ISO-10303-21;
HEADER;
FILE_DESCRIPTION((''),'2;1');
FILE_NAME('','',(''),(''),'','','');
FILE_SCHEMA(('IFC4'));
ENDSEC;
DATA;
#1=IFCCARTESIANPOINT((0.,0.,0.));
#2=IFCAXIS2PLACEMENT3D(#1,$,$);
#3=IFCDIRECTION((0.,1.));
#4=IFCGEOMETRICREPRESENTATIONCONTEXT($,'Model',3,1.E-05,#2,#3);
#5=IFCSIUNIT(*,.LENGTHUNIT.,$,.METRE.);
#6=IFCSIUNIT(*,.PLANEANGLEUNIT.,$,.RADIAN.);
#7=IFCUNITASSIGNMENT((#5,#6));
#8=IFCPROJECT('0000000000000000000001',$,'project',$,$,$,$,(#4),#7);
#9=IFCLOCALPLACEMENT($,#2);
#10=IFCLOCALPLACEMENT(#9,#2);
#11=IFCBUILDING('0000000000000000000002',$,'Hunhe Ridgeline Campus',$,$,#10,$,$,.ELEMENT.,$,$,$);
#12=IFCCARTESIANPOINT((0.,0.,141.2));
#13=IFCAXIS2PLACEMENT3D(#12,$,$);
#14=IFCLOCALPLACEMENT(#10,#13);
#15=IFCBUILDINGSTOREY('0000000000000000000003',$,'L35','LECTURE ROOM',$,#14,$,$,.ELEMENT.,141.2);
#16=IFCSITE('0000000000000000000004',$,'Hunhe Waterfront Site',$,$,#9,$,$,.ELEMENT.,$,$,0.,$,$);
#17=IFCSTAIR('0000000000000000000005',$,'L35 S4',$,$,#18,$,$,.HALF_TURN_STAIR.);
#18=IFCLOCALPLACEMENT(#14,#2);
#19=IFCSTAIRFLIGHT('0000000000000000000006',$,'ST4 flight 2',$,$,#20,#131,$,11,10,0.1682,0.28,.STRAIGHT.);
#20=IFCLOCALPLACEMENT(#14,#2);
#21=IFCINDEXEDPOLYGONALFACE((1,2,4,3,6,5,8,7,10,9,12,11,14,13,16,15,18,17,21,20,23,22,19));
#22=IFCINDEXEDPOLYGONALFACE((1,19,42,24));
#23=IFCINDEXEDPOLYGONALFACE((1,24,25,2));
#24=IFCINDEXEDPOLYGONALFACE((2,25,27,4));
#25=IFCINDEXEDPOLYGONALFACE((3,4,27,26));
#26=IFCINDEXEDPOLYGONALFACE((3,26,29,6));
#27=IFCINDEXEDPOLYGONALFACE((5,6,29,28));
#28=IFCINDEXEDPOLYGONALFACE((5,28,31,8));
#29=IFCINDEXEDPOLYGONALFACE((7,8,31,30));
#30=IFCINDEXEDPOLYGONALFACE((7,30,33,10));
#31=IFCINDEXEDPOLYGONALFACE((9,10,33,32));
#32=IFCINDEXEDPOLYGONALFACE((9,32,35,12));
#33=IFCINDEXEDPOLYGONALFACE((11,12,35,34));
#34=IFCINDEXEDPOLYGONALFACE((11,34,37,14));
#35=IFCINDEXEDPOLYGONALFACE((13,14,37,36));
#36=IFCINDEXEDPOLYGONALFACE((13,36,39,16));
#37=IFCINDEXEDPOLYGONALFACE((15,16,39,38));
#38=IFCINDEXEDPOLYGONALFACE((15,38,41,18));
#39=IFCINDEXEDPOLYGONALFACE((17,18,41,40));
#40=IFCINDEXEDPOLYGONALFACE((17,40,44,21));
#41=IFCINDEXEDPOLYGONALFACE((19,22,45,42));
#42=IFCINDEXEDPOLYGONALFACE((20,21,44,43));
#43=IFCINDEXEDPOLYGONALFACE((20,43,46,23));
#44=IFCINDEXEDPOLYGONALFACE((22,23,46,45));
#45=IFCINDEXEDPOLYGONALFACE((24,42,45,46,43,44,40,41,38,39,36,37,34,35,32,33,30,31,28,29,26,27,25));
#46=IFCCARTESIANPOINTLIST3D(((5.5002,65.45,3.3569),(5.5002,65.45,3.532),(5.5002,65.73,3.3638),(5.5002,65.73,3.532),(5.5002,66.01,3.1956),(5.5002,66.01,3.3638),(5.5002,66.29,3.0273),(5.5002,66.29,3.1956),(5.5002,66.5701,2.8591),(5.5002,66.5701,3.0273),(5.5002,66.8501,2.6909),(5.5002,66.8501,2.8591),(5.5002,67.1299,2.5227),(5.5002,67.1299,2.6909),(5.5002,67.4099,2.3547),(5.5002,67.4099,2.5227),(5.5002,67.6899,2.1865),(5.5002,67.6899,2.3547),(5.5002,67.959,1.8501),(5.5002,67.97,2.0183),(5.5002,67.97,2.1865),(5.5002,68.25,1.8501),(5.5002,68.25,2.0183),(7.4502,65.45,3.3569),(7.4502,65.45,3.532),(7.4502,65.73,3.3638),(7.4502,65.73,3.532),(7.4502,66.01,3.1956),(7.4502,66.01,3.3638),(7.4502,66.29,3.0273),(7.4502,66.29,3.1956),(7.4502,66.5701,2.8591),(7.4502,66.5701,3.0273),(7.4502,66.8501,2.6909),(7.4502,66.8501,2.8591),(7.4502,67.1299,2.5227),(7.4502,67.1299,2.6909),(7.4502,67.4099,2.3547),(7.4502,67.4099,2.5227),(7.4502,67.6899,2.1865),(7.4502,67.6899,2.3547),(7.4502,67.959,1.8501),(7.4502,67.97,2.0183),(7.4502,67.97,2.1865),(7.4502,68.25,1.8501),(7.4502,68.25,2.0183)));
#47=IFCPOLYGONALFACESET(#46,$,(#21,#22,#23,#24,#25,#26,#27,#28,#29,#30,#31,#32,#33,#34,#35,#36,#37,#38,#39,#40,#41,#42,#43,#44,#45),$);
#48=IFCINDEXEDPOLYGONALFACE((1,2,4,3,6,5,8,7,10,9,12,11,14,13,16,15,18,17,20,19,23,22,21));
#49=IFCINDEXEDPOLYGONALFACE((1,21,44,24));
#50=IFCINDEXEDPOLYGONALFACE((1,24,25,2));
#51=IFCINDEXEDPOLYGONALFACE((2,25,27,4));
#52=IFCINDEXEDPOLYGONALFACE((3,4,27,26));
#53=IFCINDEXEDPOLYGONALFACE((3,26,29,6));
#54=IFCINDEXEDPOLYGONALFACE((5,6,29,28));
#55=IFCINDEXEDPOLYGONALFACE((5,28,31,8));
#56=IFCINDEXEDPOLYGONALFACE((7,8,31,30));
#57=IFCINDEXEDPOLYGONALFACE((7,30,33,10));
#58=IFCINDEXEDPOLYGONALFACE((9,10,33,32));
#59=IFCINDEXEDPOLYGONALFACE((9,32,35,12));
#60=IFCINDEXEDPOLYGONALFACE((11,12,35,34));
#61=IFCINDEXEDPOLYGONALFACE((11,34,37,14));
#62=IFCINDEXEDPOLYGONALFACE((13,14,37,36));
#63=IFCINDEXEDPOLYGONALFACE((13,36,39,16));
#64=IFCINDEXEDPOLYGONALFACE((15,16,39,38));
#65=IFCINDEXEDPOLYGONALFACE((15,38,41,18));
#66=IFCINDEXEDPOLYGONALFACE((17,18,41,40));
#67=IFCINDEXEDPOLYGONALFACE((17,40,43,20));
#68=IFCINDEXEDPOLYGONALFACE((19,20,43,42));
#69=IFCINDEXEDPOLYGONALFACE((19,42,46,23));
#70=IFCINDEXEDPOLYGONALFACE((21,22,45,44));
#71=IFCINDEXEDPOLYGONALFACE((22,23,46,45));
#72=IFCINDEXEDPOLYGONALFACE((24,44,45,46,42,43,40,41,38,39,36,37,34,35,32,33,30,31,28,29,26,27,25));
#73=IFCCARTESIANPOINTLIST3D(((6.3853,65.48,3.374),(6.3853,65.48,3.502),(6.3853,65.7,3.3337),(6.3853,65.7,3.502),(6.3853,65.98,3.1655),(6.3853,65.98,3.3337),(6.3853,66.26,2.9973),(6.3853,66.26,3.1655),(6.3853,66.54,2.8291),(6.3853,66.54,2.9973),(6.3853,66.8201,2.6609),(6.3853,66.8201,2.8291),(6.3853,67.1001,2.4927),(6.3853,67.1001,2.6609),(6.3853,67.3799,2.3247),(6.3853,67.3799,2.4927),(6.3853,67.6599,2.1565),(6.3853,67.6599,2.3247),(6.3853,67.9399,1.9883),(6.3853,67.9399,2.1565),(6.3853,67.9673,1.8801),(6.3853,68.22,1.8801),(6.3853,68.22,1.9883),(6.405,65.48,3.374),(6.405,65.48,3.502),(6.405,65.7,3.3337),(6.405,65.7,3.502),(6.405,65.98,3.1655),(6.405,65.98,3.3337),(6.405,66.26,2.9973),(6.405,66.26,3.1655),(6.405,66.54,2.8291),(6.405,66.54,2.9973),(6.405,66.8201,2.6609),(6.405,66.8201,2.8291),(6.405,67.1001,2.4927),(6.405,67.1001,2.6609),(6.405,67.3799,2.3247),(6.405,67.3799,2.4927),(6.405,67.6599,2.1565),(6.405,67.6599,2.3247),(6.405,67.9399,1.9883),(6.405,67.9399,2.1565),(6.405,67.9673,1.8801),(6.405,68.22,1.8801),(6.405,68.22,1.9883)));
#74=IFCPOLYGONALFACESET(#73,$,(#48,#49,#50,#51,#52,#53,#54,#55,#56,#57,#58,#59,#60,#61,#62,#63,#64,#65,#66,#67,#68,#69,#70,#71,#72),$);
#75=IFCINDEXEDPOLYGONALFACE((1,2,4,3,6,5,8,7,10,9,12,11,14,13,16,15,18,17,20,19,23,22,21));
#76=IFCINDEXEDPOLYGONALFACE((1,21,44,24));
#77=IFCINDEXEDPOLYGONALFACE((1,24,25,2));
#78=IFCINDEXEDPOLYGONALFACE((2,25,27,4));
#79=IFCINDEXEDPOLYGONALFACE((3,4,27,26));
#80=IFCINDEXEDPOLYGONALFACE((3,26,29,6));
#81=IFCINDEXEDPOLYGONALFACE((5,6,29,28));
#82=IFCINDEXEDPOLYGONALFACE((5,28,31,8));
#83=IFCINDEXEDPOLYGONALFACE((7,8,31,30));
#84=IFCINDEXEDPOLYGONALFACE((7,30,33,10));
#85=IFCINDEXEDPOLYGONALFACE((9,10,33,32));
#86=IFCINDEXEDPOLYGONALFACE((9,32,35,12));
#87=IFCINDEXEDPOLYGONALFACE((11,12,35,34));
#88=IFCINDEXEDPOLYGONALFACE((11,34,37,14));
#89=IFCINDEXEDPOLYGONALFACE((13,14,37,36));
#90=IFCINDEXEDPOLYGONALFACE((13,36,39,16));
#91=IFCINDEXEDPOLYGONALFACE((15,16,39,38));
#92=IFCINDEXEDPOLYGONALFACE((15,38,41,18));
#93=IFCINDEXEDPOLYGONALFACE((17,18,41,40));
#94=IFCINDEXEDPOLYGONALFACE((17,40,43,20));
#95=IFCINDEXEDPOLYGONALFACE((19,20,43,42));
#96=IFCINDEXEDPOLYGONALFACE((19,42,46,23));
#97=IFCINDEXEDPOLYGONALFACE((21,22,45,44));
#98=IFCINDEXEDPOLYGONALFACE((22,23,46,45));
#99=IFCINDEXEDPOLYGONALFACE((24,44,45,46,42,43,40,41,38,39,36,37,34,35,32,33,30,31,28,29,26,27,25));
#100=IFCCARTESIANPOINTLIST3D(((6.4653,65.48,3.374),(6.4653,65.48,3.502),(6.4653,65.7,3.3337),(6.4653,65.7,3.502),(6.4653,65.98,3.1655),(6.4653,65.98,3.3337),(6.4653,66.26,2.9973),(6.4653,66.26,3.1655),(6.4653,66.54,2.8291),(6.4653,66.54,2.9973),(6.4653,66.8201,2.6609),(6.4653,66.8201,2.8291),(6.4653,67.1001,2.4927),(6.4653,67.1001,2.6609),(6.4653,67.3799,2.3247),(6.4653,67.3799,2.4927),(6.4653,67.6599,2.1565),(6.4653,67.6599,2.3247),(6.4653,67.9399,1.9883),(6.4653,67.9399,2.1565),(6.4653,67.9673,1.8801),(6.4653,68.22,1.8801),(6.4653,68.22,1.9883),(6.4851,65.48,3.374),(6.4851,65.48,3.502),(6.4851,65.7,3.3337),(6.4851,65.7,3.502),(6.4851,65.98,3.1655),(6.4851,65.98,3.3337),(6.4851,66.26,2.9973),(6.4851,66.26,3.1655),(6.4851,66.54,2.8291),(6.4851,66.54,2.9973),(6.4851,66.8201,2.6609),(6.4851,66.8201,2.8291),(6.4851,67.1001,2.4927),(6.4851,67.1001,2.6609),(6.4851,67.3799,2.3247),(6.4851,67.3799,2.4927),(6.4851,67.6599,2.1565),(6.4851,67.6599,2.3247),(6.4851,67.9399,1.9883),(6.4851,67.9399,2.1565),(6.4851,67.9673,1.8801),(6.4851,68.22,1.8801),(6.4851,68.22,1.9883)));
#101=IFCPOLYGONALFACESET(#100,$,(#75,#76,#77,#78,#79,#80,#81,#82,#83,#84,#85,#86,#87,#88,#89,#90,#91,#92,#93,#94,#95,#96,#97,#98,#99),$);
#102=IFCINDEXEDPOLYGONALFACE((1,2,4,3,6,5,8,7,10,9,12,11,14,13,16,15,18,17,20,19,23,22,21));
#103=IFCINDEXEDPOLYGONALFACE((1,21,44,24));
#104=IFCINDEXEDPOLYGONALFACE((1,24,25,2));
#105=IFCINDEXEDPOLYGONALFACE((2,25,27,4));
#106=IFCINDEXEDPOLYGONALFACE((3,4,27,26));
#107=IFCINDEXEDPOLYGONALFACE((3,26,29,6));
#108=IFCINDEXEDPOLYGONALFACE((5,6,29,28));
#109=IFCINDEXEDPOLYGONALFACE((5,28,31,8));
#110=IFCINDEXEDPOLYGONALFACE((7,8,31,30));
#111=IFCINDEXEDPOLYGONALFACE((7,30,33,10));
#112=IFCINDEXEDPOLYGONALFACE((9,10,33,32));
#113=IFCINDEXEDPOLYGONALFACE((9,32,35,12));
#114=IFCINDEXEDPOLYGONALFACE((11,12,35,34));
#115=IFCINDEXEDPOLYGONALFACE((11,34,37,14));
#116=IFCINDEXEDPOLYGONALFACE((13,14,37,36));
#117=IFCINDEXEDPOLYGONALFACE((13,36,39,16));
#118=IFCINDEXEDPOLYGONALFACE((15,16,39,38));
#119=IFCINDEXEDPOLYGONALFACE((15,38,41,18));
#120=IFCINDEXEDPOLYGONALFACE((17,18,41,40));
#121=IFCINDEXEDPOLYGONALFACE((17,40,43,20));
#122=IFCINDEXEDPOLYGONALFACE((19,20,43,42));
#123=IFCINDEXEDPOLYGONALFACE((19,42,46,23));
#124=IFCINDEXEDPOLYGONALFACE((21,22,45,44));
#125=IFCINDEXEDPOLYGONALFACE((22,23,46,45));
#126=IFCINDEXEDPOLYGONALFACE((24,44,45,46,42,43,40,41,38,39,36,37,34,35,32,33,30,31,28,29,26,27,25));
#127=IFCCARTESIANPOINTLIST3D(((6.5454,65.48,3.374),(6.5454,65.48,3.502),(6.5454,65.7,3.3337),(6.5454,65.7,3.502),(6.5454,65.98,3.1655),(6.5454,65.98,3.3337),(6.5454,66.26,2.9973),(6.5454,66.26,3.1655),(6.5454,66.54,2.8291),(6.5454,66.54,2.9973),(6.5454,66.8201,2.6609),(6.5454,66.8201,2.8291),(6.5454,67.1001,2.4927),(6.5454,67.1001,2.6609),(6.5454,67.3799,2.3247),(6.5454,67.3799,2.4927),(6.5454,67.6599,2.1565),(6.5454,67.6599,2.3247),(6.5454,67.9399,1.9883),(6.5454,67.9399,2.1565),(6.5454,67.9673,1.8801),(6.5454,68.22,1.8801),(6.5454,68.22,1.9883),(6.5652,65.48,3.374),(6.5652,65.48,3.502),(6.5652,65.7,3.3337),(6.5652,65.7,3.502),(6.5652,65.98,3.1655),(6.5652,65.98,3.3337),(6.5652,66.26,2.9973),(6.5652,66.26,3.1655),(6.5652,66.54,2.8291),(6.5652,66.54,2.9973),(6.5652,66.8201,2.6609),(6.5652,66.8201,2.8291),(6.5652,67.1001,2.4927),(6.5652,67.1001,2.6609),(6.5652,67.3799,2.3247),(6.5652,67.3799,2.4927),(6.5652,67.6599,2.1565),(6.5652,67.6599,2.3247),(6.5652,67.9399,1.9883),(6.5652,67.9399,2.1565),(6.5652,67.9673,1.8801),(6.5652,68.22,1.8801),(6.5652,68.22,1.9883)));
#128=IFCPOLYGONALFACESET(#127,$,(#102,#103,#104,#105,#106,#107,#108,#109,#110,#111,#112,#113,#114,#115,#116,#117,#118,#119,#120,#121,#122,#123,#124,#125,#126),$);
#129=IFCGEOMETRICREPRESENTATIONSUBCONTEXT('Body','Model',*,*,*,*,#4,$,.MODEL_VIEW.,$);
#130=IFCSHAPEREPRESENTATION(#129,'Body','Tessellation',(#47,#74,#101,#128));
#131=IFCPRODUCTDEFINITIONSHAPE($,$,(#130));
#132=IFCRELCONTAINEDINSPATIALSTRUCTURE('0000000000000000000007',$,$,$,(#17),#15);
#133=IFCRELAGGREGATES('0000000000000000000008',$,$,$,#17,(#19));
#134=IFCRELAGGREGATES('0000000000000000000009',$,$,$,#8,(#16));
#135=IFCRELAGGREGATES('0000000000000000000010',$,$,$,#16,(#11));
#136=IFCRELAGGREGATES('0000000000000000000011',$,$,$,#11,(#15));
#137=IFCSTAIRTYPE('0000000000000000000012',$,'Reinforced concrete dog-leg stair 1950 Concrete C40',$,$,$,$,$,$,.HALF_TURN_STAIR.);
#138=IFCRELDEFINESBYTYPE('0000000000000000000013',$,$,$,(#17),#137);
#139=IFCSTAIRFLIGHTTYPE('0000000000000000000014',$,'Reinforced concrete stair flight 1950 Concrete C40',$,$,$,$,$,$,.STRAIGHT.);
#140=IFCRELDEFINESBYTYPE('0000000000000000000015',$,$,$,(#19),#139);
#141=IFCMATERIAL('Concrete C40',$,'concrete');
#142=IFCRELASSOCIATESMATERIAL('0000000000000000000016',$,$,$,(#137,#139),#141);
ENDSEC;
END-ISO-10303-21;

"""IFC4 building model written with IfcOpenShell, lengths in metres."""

from ifc_helpers import new_model, si_unit, direction, frame, origin, place, context, subcontext, project, spatial, polyline, outline, extrude, material, type_object, element, aggregate, save


model = new_model("IFC4")

# Units and contexts
model_context = context("Model", 3, precision=1e-05, world=origin(), true_north=direction((0.0, 1.0)))
body_context = subcontext(model_context, "Body", "Model", "MODEL_VIEW")
ifc_project = project(units=[si_unit("LENGTHUNIT", "METRE"), si_unit("PLANEANGLEUNIT", "RADIAN")], contexts=[model_context])

# Site, building, storey
site_placement = place(None, origin())
site = spatial("IfcSite", under=ifc_project, at=site_placement, Name="Hunhe Waterfront Site", CompositionType="ELEMENT", RefElevation=0.0)
building_placement = place(site_placement, origin())
building = spatial("IfcBuilding", under=site, at=building_placement, Name="Hunhe Ridgeline Campus", CompositionType="ELEMENT")
storey_placement = place(building_placement, frame((0.0, 0.0, 141.2)))
storey = spatial("IfcBuildingStorey", under=building, at=storey_placement, Name="L35", Description="LECTURE ROOM", CompositionType="ELEMENT", Elevation=141.2)

# Stair, stair flight
ifc_material_1 = material(Name="Concrete C40", Category="concrete")
stair_type = type_object("IfcStairType", Name="Reinforced concrete dog-leg stair 1950 Concrete C40", PredefinedType="HALF_TURN_STAIR", material=ifc_material_1)
stair_flight_type = type_object("IfcStairFlightType", Name="Reinforced concrete stair flight 1950 Concrete C40", PredefinedType="STRAIGHT", material=ifc_material_1)
stair_1_placement = place(storey_placement, origin())
stair_1 = element("IfcStair", 1, at=stair_1_placement, inside=storey, type_object=stair_type, Name="L35 S4", PredefinedType="HALF_TURN_STAIR")
stair_flight_1_placement = place(storey_placement, frame((6.4751, 68.25, 1.8501), z_axis=(0.0, 0.0, 1.0), x_axis=(0.0, -1.0, 0.0)))
stair_flight_1 = element("IfcStairFlight", 2, at=stair_flight_1_placement, type_object=stair_flight_type, Name="ST4 flight 2", NumberOfRisers=11, NumberOfTreads=10, PredefinedType="STRAIGHT", RiserHeight=0.1682, TreadLength=0.28, context=body_context, shape_type="SweptSolid", body=[
    extrude(outline(polyline([(0.0, 0.0), (0.0, 0.1682), (0.28, 0.1682), (0.28, 0.3364), (0.5601, 0.3364), (0.5601, 0.5046), (0.8401, 0.5046), (0.8401, 0.6726), (1.1201, 0.6726), (1.1201, 0.8408), (1.3999, 0.8408), (1.3999, 1.009), (1.6799, 1.009), (1.6799, 1.1772), (1.96, 1.1772), (1.96, 1.3455), (2.24, 1.3455), (2.24, 1.5137), (2.52, 1.5137), (2.52, 1.6819), (2.8, 1.6819), (2.8, 1.8501), (2.8, 1.5068), (0.291, 0.0), (0.0, 0.0)])), frame((0.0, 0.9751, 0.0), z_axis=(0.0, -1.0, 0.0), x_axis=(1.0, 0.0, 0.0)), (0.0, 0.0, 1.0), 1.95),
    extrude(outline(polyline([(0.03, 0.03), (0.03, 0.1382), (0.3101, 0.1382), (0.3101, 0.3064), (0.5901, 0.3064), (0.5901, 0.4746), (0.8701, 0.4746), (0.8701, 0.6426), (1.1499, 0.6426), (1.1499, 0.8108), (1.4299, 0.8108), (1.4299, 0.979), (1.71, 0.979), (1.71, 1.1472), (1.99, 1.1472), (1.99, 1.3154), (2.27, 1.3154), (2.27, 1.4836), (2.55, 1.4836), (2.55, 1.6519), (2.77, 1.6519), (2.77, 1.5239), (0.2827, 0.03), (0.03, 0.03)])), frame((0.0, -0.0701, 0.0), z_axis=(0.0, -1.0, 0.0), x_axis=(1.0, 0.0, 0.0)), (0.0, 0.0, 1.0), 0.0198),
    extrude(outline(polyline([(0.03, 0.03), (0.03, 0.1382), (0.3101, 0.1382), (0.3101, 0.3064), (0.5901, 0.3064), (0.5901, 0.4746), (0.8701, 0.4746), (0.8701, 0.6426), (1.1499, 0.6426), (1.1499, 0.8108), (1.4299, 0.8108), (1.4299, 0.979), (1.71, 0.979), (1.71, 1.1472), (1.99, 1.1472), (1.99, 1.3154), (2.27, 1.3154), (2.27, 1.4836), (2.55, 1.4836), (2.55, 1.6519), (2.77, 1.6519), (2.77, 1.5239), (0.2827, 0.03), (0.03, 0.03)])), frame((0.0, 0.01, 0.0), z_axis=(0.0, -1.0, 0.0), x_axis=(1.0, 0.0, 0.0)), (0.0, 0.0, 1.0), 0.0198),
    extrude(outline(polyline([(0.03, 0.03), (0.03, 0.1382), (0.3101, 0.1382), (0.3101, 0.3064), (0.5901, 0.3064), (0.5901, 0.4746), (0.8701, 0.4746), (0.8701, 0.6426), (1.1499, 0.6426), (1.1499, 0.8108), (1.4299, 0.8108), (1.4299, 0.979), (1.71, 0.979), (1.71, 1.1472), (1.99, 1.1472), (1.99, 1.3154), (2.27, 1.3154), (2.27, 1.4836), (2.55, 1.4836), (2.55, 1.6519), (2.77, 1.6519), (2.77, 1.5239), (0.2827, 0.03), (0.03, 0.03)])), frame((0.0, 0.0901, 0.0), z_axis=(0.0, -1.0, 0.0), x_axis=(1.0, 0.0, 0.0)), (0.0, 0.0, 1.0), 0.0198),
])
aggregate(stair_1, [stair_flight_1])

save(model, "model.ifc")
